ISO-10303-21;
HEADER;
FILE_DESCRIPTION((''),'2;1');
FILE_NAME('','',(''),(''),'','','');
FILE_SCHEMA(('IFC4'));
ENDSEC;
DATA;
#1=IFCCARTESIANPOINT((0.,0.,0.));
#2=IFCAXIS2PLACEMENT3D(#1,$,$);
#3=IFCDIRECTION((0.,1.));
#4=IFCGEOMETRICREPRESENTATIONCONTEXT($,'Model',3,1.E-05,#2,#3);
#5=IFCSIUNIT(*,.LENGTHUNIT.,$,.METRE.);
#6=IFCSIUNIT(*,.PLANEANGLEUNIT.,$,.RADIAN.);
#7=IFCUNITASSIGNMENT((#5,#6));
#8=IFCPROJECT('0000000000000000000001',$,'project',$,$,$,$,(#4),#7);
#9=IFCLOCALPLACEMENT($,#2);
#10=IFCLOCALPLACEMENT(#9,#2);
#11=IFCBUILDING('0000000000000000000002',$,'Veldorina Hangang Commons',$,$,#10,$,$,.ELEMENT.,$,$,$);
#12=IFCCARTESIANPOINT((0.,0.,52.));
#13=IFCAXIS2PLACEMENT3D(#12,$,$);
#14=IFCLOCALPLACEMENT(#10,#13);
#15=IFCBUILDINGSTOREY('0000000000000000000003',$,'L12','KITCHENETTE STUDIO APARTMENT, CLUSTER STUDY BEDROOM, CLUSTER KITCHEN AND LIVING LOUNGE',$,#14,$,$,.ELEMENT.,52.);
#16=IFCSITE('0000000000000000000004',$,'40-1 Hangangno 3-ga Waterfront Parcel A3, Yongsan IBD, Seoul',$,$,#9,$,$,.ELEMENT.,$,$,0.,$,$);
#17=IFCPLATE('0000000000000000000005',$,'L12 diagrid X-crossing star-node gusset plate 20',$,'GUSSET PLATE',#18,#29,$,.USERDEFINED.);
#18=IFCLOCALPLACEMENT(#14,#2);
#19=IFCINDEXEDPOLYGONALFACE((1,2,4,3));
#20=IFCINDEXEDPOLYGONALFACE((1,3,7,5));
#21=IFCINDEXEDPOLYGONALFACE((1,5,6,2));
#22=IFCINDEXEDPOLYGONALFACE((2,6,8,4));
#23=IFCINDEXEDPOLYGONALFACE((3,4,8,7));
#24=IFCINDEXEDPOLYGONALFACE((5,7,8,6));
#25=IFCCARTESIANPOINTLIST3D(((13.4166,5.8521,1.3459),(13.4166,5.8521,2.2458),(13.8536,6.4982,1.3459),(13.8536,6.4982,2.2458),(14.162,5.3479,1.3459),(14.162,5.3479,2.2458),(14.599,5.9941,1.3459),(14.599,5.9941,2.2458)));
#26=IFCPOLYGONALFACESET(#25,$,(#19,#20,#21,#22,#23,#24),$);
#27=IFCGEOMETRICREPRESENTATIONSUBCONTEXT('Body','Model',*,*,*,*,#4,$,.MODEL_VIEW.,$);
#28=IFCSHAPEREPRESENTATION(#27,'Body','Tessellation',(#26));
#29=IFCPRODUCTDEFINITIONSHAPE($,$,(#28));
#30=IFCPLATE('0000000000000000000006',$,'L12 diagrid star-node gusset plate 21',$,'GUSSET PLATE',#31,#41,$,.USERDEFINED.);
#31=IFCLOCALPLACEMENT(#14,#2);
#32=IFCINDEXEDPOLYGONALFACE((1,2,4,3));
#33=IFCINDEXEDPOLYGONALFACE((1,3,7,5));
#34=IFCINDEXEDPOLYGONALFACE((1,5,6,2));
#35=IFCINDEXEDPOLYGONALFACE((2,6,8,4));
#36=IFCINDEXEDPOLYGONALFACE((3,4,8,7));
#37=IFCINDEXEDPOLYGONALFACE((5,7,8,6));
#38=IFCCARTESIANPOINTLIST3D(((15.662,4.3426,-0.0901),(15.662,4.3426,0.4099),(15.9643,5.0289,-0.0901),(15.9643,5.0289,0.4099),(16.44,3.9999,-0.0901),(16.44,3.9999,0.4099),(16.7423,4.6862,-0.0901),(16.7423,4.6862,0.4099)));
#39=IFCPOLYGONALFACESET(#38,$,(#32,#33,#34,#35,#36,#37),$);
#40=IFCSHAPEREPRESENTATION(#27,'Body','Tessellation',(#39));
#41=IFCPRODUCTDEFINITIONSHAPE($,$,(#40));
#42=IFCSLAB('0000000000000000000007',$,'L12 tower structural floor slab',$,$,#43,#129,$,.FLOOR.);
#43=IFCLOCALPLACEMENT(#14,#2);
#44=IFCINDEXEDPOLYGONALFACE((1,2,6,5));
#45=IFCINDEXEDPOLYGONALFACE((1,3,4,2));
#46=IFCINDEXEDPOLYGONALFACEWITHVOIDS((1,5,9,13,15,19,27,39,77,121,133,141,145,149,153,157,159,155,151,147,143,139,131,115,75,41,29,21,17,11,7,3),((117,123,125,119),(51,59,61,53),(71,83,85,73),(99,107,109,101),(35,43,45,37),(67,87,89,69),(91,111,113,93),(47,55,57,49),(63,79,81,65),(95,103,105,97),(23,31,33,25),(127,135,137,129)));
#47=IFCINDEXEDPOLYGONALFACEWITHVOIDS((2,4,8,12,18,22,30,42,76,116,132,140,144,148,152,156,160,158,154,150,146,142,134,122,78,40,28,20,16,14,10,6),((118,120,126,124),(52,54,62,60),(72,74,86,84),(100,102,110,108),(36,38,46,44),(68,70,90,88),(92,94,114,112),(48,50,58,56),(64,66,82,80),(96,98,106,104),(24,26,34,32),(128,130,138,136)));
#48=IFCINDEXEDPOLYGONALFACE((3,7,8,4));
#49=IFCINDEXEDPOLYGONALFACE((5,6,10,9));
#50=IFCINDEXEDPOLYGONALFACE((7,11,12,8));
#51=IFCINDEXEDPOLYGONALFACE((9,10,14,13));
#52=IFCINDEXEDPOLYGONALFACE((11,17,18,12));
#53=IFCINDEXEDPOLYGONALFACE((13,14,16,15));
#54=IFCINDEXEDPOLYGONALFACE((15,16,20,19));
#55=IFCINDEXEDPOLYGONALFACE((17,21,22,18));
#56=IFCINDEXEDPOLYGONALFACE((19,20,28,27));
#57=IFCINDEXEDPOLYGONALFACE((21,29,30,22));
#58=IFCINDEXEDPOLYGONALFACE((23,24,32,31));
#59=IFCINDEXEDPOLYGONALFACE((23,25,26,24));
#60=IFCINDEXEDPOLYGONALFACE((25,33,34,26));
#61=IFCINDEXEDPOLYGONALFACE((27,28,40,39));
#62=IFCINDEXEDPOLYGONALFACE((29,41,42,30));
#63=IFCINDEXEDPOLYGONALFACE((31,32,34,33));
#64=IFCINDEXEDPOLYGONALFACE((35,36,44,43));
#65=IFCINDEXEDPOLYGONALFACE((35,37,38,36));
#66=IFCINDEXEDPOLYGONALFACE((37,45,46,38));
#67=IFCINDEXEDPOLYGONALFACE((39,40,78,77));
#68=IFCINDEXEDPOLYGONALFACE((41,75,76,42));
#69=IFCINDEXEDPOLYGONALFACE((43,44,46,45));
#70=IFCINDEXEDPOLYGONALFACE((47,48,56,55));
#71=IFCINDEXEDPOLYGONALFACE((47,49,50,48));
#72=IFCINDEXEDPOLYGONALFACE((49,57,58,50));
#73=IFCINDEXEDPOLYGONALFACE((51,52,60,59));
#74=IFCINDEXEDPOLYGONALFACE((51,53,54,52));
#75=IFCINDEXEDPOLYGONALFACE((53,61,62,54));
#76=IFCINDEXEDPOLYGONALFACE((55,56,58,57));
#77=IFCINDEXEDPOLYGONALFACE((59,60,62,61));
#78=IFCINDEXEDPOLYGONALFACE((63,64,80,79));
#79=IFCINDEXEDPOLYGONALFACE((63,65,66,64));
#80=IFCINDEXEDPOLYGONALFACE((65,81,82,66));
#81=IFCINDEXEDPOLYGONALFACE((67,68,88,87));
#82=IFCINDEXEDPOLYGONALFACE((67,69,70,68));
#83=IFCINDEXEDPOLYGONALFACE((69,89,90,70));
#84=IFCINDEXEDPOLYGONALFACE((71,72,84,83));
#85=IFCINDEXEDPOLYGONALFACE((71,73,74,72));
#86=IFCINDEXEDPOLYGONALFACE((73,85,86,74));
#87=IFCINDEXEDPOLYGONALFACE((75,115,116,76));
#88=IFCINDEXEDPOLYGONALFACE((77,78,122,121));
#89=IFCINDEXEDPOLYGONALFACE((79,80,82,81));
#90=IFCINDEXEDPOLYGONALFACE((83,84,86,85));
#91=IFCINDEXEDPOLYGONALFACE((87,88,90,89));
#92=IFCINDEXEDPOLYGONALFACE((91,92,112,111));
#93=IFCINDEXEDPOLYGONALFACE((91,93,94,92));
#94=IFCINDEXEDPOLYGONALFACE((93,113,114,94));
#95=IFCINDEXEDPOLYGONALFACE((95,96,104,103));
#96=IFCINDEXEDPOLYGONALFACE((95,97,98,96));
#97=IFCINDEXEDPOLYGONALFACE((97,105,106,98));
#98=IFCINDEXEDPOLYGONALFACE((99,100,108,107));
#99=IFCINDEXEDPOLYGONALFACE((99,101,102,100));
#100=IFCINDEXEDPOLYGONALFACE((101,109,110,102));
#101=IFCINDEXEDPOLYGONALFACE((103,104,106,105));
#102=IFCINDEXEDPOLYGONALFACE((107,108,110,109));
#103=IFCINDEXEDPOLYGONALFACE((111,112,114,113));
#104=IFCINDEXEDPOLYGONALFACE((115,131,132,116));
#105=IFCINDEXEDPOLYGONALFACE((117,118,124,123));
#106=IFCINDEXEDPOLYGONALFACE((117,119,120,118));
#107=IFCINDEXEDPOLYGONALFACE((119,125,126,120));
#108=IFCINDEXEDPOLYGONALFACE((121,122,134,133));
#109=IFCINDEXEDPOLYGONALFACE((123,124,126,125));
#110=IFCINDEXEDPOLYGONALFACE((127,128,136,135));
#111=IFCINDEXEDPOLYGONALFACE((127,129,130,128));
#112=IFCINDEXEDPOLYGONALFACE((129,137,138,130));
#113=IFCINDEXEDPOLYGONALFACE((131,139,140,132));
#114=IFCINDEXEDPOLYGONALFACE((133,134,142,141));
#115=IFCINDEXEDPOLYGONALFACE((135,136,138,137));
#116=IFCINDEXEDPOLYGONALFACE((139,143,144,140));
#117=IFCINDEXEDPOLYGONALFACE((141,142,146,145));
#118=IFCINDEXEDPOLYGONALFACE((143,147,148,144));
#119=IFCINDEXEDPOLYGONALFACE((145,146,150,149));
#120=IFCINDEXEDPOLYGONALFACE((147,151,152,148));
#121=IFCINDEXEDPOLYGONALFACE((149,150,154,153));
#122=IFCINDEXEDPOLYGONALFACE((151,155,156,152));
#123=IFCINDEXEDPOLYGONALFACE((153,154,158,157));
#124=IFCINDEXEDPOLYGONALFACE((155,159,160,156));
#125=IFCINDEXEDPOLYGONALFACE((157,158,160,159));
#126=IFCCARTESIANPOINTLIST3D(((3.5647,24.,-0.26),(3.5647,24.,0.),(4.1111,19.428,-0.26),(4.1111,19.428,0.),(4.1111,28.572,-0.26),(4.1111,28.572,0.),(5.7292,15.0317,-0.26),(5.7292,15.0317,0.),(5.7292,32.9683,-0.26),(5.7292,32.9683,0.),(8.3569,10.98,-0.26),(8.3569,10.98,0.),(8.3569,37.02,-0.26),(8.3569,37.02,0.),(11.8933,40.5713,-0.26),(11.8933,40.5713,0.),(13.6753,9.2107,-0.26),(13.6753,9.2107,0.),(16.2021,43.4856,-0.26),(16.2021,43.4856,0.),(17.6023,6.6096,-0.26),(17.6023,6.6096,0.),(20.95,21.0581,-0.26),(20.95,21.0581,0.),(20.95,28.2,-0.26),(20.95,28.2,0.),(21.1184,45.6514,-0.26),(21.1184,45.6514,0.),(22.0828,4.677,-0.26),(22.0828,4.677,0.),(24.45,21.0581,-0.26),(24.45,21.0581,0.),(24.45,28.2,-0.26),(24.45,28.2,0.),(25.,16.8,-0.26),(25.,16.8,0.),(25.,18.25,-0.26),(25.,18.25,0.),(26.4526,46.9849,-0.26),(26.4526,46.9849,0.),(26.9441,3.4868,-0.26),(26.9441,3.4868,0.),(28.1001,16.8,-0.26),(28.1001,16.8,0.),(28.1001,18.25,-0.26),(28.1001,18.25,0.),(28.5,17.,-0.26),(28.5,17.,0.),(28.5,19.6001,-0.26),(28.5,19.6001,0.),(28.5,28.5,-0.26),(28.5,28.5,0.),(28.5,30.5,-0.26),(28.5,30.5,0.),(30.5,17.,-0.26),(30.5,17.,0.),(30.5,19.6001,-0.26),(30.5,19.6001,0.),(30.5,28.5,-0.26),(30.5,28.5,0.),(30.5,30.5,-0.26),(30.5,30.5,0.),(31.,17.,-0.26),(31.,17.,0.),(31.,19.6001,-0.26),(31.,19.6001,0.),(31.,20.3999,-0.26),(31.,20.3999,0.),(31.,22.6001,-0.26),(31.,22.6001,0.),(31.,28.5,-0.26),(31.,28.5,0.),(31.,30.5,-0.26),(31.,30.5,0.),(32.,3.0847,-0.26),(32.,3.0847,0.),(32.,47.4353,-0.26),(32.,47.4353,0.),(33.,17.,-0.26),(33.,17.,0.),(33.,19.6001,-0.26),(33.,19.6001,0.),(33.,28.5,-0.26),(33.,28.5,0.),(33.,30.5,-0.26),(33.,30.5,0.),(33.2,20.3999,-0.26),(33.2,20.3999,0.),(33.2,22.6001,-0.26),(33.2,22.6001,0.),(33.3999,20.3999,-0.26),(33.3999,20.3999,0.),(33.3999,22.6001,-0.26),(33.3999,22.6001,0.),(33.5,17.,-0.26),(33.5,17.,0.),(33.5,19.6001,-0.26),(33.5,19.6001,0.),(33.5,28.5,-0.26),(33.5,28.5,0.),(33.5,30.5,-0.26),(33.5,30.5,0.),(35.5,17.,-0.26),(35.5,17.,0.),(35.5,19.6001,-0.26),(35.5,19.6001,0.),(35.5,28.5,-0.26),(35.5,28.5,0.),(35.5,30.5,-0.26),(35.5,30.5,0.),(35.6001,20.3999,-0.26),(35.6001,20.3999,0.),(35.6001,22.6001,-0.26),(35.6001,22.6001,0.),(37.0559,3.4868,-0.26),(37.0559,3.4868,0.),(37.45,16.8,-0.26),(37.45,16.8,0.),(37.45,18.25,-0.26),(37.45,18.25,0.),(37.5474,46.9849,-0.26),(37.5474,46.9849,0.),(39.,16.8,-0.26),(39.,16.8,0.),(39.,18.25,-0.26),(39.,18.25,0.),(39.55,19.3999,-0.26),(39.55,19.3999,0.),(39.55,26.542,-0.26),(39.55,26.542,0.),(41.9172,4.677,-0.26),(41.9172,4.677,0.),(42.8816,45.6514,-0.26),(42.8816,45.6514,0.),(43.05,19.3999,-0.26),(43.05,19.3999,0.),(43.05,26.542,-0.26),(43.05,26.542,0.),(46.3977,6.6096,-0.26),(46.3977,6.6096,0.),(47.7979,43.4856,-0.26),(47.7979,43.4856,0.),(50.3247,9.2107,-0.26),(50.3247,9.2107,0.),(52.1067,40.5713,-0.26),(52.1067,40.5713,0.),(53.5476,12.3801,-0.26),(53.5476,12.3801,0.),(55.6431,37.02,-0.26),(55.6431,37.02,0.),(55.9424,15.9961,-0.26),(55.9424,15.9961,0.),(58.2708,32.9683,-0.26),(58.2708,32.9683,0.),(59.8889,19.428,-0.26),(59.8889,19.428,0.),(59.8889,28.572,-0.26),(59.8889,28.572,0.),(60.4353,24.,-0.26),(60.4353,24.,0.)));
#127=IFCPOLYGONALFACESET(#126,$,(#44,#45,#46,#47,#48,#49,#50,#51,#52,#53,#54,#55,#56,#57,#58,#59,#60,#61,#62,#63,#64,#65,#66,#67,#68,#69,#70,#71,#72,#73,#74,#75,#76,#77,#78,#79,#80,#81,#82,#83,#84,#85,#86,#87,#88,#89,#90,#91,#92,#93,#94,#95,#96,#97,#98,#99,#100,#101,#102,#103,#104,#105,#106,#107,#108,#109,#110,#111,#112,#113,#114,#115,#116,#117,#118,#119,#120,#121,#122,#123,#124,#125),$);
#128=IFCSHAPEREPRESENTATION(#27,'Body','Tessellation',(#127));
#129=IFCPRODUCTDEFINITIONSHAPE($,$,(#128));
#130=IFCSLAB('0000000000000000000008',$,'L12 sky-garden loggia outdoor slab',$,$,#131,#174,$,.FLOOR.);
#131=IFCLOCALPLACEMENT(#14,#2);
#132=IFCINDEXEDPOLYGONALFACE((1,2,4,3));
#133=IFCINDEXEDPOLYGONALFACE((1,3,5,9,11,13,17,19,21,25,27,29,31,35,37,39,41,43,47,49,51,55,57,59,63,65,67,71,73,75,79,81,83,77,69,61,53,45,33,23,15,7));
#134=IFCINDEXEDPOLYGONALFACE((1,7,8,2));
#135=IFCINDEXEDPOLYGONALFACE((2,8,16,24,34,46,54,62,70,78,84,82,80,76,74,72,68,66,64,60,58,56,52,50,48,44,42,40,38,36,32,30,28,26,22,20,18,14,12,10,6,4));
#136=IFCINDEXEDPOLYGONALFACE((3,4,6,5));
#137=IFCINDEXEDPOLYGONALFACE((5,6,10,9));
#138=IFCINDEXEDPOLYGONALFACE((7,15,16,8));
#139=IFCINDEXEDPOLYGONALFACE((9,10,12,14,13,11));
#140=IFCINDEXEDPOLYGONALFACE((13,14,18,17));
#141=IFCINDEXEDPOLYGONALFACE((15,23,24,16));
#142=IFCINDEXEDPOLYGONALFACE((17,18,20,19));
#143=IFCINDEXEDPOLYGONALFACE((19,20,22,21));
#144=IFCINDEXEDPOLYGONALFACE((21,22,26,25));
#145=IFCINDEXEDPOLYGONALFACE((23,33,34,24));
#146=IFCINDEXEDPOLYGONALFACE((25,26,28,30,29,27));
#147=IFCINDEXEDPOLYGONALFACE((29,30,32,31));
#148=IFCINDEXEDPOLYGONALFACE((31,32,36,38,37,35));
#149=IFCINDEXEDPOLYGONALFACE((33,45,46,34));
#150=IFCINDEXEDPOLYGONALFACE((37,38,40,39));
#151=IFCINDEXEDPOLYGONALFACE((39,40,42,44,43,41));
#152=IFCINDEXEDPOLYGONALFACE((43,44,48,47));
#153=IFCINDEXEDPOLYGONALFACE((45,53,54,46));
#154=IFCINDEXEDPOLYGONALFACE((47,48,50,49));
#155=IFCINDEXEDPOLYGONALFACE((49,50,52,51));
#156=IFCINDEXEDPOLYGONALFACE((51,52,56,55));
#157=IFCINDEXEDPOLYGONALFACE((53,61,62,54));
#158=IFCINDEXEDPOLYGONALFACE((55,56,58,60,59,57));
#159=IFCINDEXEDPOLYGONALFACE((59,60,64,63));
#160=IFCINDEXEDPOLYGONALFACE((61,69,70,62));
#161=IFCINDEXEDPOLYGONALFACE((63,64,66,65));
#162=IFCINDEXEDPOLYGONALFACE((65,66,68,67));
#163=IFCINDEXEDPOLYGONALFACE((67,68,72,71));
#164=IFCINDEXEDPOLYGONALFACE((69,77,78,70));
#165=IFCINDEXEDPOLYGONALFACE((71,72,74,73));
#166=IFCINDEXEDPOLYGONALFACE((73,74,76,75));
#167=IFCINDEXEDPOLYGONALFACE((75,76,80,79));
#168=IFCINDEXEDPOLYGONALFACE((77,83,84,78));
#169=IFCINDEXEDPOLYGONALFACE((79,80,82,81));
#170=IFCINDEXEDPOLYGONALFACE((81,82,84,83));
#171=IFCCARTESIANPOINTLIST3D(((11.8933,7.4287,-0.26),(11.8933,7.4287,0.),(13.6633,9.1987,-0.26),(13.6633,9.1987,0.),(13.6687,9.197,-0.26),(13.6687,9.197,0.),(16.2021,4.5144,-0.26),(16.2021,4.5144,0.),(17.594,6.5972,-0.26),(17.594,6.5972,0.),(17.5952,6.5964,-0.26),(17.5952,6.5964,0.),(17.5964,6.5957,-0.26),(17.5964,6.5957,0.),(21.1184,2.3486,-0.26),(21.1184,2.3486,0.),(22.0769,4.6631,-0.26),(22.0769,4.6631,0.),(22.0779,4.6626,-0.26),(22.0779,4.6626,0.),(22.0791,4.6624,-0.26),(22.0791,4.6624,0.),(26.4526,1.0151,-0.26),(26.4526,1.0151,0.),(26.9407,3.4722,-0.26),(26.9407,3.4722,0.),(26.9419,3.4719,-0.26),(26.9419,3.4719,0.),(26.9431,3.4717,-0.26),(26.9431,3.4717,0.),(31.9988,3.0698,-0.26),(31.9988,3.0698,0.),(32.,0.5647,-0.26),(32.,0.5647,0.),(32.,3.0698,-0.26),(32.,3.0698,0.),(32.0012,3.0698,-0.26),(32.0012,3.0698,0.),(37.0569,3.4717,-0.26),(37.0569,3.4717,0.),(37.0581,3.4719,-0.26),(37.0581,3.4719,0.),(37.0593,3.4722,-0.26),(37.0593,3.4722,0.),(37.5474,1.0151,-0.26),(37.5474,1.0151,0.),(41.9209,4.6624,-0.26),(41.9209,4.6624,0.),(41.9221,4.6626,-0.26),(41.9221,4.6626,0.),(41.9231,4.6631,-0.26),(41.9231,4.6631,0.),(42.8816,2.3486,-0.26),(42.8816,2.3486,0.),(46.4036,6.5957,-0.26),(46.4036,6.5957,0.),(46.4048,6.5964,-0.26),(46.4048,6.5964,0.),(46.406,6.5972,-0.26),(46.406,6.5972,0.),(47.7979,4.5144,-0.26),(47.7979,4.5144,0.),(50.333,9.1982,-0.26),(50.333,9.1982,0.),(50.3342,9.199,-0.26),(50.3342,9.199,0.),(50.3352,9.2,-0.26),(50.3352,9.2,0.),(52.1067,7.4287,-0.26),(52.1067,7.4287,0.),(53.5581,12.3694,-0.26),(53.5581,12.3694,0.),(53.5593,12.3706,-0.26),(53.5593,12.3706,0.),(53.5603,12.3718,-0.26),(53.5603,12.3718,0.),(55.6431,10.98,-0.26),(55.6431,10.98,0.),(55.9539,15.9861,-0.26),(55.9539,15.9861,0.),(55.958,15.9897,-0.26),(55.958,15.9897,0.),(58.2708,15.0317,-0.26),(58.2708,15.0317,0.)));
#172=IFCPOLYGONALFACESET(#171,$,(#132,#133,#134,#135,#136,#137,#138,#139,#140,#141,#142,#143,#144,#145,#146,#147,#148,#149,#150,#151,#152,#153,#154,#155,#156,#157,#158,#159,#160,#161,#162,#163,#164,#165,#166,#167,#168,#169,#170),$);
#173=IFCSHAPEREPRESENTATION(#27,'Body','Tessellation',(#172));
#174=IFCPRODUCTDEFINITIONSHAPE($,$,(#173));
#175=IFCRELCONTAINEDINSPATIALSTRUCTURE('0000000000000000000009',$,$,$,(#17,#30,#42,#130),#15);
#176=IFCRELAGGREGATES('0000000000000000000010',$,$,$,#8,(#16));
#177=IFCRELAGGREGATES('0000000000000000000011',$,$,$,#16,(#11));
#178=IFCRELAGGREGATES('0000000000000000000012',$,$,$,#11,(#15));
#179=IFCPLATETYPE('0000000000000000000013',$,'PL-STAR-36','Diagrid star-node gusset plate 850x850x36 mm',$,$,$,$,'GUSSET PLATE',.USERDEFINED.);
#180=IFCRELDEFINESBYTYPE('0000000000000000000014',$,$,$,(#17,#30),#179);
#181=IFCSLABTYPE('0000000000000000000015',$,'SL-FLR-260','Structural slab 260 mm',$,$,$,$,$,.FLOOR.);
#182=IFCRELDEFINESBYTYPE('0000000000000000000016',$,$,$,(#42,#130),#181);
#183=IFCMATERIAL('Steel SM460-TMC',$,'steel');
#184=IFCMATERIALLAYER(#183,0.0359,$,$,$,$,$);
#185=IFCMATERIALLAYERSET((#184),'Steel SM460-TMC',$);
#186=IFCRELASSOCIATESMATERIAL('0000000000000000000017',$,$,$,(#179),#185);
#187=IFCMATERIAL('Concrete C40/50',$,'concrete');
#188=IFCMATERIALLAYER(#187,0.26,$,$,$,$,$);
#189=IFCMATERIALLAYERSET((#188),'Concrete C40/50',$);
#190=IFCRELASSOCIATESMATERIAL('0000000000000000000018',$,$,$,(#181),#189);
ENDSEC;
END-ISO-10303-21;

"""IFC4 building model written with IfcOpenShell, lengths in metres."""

from ifc_helpers import new_model, si_unit, direction, frame, origin, origin_2d, place, context, subcontext, project, spatial, polyline, rectangle, outline, extrude, material, layer, layer_set, type_object, element, save


model = new_model("IFC4")

# Units and contexts
model_context = context("Model", 3, precision=1e-05, world=origin(), true_north=direction((0.0, 1.0)))
body_context = subcontext(model_context, "Body", "Model", "MODEL_VIEW")
ifc_project = project(units=[si_unit("LENGTHUNIT", "METRE"), si_unit("PLANEANGLEUNIT", "RADIAN")], contexts=[model_context])

# Site, building, storey
site_placement = place(None, origin())
site = spatial("IfcSite", under=ifc_project, at=site_placement, Name="40-1 Hangangno 3-ga Waterfront Parcel A3, Yongsan IBD, Seoul", CompositionType="ELEMENT", RefElevation=0.0)
building_placement = place(site_placement, origin())
building = spatial("IfcBuilding", under=site, at=building_placement, Name="Veldorina Hangang Commons", CompositionType="ELEMENT")
storey_placement = place(building_placement, frame((0.0, 0.0, 52.0)))
storey = spatial("IfcBuildingStorey", under=building, at=storey_placement, Name="L12", Description="KITCHENETTE STUDIO APARTMENT, CLUSTER STUDY BEDROOM, CLUSTER KITCHEN AND LIVING LOUNGE", CompositionType="ELEMENT", Elevation=52.0)

# Shared definitions
ifc_material_1 = material(Name="Steel SM460-TMC", Category="steel")

# Plates
ifc_layer_1 = layer(ifc_material_1, 0.0359)
ifc_layer_set_1 = layer_set([ifc_layer_1], Name="Steel SM460-TMC")
plate_type_1 = type_object("IfcPlateType", Name="PL-STAR-36", Description="Diagrid star-node gusset plate 850x850x36 mm", ElementType="GUSSET PLATE", PredefinedType="USERDEFINED", material=ifc_layer_set_1)
plate_1_placement = place(storey_placement, frame((14.0078, 5.9231, 1.3459), z_axis=(0.0, 0.0, 1.0), x_axis=(0.828315, -0.560263, 0.0)))
element("IfcPlate", 1, at=plate_1_placement, inside=storey, type_object=plate_type_1, Name="L12 diagrid X-crossing star-node gusset plate 20", ObjectType="GUSSET PLATE", PredefinedType="USERDEFINED", context=body_context, shape_type="SweptSolid", body=[
    extrude(rectangle(XDim=0.8999, YDim=0.78, at=origin_2d()), origin(), (0.0, 0.0, 1.0), 0.8999),
])
plate_2_placement = place(storey_placement, frame((16.2021, 4.5144, -0.0901), z_axis=(0.0, 0.0, 1.0), x_axis=(0.915143, -0.40313, 0.0)))
element("IfcPlate", 2, at=plate_2_placement, inside=storey, type_object=plate_type_1, Name="L12 diagrid star-node gusset plate 21", ObjectType="GUSSET PLATE", PredefinedType="USERDEFINED", context=body_context, shape_type="SweptSolid", body=[
    extrude(rectangle(XDim=0.8501, YDim=0.75, at=origin_2d()), origin(), (0.0, 0.0, 1.0), 0.5),
])

# Slabs
ifc_material_2 = material(Name="Concrete C40/50", Category="concrete")
ifc_layer_2 = layer(ifc_material_2, 0.26)
ifc_layer_set_2 = layer_set([ifc_layer_2], Name="Concrete C40/50")
slab_type_1 = type_object("IfcSlabType", Name="SL-FLR-260", Description="Structural slab 260 mm", PredefinedType="FLOOR", material=ifc_layer_set_2)
slab_1_placement = place(storey_placement, frame((0.0, 0.0, -0.26)))
element("IfcSlab", 3, at=slab_1_placement, inside=storey, type_object=slab_type_1, Name="L12 tower structural floor slab", PredefinedType="FLOOR", context=body_context, shape_type="SweptSolid", body=[
    extrude(outline(polyline([(60.4353, 24.0), (59.8889, 28.572), (58.2708, 32.9683), (55.6431, 37.02), (52.1067, 40.5713), (47.7979, 43.4856), (42.8816, 45.6514), (37.5474, 46.9849), (32.0, 47.4353), (26.4526, 46.9849), (21.1184, 45.6514), (16.2021, 43.4856), (11.8933, 40.5713), (8.3569, 37.02), (5.7292, 32.9683), (4.1111, 28.572), (3.5647, 24.0), (4.1111, 19.428), (5.7292, 15.0317), (8.3569, 10.98), (13.6753, 9.2107), (17.6023, 6.6096), (22.0828, 4.677), (26.9441, 3.4868), (32.0, 3.0847), (37.0559, 3.4868), (41.9172, 4.677), (46.3977, 6.6096), (50.3247, 9.2107), (53.5476, 12.3801), (55.9424, 15.9961), (59.8889, 19.428), (60.4353, 24.0)]), holes=[polyline([(20.95, 21.0581), (20.95, 28.2), (24.45, 28.2), (24.45, 21.0581), (20.95, 21.0581)]), polyline([(43.05, 26.542), (43.05, 19.3999), (39.55, 19.3999), (39.55, 26.542), (43.05, 26.542)]), polyline([(28.5, 30.5), (30.5, 30.5), (30.5, 28.5), (28.5, 28.5), (28.5, 30.5)]), polyline([(31.0, 30.5), (33.0, 30.5), (33.0, 28.5), (31.0, 28.5), (31.0, 30.5)]), polyline([(33.5, 30.5), (35.5, 30.5), (35.5, 28.5), (33.5, 28.5), (33.5, 30.5)]), polyline([(31.0, 22.6001), (33.2, 22.6001), (33.2, 20.3999), (31.0, 20.3999), (31.0, 22.6001)]), polyline([(33.3999, 22.6001), (35.6001, 22.6001), (35.6001, 20.3999), (33.3999, 20.3999), (33.3999, 22.6001)]), polyline([(28.5, 19.6001), (30.5, 19.6001), (30.5, 17.0), (28.5, 17.0), (28.5, 19.6001)]), polyline([(31.0, 19.6001), (33.0, 19.6001), (33.0, 17.0), (31.0, 17.0), (31.0, 19.6001)]), polyline([(33.5, 19.6001), (35.5, 19.6001), (35.5, 17.0), (33.5, 17.0), (33.5, 19.6001)]), polyline([(25.0, 18.25), (28.1001, 18.25), (28.1001, 16.8), (25.0, 16.8), (25.0, 18.25)]), polyline([(37.45, 18.25), (39.0, 18.25), (39.0, 16.8), (37.45, 16.8), (37.45, 18.25)])]), origin(), (0.0, 0.0, 1.0), 0.26),
])
slab_2_placement = place(storey_placement, frame((0.0, 0.0, -0.26)))
element("IfcSlab", 4, at=slab_2_placement, inside=storey, type_object=slab_type_1, Name="L12 sky-garden loggia outdoor slab", PredefinedType="FLOOR", context=body_context, shape_type="SweptSolid", body=[
    extrude(outline(polyline([(58.2708, 15.0317), (55.6431, 10.98), (52.1067, 7.4287), (47.7979, 4.5144), (42.8816, 2.3486), (37.5474, 1.0151), (32.0, 0.5647), (26.4526, 1.0151), (21.1184, 2.3486), (16.2021, 4.5144), (11.8933, 7.4287), (13.6633, 9.1987), (13.6687, 9.197), (17.594, 6.5972), (17.5952, 6.5964), (17.5964, 6.5957), (22.0769, 4.6631), (22.0779, 4.6626), (22.0791, 4.6624), (26.9407, 3.4722), (26.9419, 3.4719), (26.9431, 3.4717), (31.9988, 3.0698), (32.0, 3.0698), (32.0012, 3.0698), (37.0569, 3.4717), (37.0581, 3.4719), (37.0593, 3.4722), (41.9209, 4.6624), (41.9221, 4.6626), (41.9231, 4.6631), (46.4036, 6.5957), (46.4048, 6.5964), (46.406, 6.5972), (50.333, 9.1982), (50.3342, 9.199), (50.3352, 9.2), (53.5581, 12.3694), (53.5593, 12.3706), (53.5603, 12.3718), (55.9539, 15.9861), (55.958, 15.9897), (58.2708, 15.0317)])), origin(), (0.0, 0.0, 1.0), 0.26),
])

save(model, "model.ifc")
